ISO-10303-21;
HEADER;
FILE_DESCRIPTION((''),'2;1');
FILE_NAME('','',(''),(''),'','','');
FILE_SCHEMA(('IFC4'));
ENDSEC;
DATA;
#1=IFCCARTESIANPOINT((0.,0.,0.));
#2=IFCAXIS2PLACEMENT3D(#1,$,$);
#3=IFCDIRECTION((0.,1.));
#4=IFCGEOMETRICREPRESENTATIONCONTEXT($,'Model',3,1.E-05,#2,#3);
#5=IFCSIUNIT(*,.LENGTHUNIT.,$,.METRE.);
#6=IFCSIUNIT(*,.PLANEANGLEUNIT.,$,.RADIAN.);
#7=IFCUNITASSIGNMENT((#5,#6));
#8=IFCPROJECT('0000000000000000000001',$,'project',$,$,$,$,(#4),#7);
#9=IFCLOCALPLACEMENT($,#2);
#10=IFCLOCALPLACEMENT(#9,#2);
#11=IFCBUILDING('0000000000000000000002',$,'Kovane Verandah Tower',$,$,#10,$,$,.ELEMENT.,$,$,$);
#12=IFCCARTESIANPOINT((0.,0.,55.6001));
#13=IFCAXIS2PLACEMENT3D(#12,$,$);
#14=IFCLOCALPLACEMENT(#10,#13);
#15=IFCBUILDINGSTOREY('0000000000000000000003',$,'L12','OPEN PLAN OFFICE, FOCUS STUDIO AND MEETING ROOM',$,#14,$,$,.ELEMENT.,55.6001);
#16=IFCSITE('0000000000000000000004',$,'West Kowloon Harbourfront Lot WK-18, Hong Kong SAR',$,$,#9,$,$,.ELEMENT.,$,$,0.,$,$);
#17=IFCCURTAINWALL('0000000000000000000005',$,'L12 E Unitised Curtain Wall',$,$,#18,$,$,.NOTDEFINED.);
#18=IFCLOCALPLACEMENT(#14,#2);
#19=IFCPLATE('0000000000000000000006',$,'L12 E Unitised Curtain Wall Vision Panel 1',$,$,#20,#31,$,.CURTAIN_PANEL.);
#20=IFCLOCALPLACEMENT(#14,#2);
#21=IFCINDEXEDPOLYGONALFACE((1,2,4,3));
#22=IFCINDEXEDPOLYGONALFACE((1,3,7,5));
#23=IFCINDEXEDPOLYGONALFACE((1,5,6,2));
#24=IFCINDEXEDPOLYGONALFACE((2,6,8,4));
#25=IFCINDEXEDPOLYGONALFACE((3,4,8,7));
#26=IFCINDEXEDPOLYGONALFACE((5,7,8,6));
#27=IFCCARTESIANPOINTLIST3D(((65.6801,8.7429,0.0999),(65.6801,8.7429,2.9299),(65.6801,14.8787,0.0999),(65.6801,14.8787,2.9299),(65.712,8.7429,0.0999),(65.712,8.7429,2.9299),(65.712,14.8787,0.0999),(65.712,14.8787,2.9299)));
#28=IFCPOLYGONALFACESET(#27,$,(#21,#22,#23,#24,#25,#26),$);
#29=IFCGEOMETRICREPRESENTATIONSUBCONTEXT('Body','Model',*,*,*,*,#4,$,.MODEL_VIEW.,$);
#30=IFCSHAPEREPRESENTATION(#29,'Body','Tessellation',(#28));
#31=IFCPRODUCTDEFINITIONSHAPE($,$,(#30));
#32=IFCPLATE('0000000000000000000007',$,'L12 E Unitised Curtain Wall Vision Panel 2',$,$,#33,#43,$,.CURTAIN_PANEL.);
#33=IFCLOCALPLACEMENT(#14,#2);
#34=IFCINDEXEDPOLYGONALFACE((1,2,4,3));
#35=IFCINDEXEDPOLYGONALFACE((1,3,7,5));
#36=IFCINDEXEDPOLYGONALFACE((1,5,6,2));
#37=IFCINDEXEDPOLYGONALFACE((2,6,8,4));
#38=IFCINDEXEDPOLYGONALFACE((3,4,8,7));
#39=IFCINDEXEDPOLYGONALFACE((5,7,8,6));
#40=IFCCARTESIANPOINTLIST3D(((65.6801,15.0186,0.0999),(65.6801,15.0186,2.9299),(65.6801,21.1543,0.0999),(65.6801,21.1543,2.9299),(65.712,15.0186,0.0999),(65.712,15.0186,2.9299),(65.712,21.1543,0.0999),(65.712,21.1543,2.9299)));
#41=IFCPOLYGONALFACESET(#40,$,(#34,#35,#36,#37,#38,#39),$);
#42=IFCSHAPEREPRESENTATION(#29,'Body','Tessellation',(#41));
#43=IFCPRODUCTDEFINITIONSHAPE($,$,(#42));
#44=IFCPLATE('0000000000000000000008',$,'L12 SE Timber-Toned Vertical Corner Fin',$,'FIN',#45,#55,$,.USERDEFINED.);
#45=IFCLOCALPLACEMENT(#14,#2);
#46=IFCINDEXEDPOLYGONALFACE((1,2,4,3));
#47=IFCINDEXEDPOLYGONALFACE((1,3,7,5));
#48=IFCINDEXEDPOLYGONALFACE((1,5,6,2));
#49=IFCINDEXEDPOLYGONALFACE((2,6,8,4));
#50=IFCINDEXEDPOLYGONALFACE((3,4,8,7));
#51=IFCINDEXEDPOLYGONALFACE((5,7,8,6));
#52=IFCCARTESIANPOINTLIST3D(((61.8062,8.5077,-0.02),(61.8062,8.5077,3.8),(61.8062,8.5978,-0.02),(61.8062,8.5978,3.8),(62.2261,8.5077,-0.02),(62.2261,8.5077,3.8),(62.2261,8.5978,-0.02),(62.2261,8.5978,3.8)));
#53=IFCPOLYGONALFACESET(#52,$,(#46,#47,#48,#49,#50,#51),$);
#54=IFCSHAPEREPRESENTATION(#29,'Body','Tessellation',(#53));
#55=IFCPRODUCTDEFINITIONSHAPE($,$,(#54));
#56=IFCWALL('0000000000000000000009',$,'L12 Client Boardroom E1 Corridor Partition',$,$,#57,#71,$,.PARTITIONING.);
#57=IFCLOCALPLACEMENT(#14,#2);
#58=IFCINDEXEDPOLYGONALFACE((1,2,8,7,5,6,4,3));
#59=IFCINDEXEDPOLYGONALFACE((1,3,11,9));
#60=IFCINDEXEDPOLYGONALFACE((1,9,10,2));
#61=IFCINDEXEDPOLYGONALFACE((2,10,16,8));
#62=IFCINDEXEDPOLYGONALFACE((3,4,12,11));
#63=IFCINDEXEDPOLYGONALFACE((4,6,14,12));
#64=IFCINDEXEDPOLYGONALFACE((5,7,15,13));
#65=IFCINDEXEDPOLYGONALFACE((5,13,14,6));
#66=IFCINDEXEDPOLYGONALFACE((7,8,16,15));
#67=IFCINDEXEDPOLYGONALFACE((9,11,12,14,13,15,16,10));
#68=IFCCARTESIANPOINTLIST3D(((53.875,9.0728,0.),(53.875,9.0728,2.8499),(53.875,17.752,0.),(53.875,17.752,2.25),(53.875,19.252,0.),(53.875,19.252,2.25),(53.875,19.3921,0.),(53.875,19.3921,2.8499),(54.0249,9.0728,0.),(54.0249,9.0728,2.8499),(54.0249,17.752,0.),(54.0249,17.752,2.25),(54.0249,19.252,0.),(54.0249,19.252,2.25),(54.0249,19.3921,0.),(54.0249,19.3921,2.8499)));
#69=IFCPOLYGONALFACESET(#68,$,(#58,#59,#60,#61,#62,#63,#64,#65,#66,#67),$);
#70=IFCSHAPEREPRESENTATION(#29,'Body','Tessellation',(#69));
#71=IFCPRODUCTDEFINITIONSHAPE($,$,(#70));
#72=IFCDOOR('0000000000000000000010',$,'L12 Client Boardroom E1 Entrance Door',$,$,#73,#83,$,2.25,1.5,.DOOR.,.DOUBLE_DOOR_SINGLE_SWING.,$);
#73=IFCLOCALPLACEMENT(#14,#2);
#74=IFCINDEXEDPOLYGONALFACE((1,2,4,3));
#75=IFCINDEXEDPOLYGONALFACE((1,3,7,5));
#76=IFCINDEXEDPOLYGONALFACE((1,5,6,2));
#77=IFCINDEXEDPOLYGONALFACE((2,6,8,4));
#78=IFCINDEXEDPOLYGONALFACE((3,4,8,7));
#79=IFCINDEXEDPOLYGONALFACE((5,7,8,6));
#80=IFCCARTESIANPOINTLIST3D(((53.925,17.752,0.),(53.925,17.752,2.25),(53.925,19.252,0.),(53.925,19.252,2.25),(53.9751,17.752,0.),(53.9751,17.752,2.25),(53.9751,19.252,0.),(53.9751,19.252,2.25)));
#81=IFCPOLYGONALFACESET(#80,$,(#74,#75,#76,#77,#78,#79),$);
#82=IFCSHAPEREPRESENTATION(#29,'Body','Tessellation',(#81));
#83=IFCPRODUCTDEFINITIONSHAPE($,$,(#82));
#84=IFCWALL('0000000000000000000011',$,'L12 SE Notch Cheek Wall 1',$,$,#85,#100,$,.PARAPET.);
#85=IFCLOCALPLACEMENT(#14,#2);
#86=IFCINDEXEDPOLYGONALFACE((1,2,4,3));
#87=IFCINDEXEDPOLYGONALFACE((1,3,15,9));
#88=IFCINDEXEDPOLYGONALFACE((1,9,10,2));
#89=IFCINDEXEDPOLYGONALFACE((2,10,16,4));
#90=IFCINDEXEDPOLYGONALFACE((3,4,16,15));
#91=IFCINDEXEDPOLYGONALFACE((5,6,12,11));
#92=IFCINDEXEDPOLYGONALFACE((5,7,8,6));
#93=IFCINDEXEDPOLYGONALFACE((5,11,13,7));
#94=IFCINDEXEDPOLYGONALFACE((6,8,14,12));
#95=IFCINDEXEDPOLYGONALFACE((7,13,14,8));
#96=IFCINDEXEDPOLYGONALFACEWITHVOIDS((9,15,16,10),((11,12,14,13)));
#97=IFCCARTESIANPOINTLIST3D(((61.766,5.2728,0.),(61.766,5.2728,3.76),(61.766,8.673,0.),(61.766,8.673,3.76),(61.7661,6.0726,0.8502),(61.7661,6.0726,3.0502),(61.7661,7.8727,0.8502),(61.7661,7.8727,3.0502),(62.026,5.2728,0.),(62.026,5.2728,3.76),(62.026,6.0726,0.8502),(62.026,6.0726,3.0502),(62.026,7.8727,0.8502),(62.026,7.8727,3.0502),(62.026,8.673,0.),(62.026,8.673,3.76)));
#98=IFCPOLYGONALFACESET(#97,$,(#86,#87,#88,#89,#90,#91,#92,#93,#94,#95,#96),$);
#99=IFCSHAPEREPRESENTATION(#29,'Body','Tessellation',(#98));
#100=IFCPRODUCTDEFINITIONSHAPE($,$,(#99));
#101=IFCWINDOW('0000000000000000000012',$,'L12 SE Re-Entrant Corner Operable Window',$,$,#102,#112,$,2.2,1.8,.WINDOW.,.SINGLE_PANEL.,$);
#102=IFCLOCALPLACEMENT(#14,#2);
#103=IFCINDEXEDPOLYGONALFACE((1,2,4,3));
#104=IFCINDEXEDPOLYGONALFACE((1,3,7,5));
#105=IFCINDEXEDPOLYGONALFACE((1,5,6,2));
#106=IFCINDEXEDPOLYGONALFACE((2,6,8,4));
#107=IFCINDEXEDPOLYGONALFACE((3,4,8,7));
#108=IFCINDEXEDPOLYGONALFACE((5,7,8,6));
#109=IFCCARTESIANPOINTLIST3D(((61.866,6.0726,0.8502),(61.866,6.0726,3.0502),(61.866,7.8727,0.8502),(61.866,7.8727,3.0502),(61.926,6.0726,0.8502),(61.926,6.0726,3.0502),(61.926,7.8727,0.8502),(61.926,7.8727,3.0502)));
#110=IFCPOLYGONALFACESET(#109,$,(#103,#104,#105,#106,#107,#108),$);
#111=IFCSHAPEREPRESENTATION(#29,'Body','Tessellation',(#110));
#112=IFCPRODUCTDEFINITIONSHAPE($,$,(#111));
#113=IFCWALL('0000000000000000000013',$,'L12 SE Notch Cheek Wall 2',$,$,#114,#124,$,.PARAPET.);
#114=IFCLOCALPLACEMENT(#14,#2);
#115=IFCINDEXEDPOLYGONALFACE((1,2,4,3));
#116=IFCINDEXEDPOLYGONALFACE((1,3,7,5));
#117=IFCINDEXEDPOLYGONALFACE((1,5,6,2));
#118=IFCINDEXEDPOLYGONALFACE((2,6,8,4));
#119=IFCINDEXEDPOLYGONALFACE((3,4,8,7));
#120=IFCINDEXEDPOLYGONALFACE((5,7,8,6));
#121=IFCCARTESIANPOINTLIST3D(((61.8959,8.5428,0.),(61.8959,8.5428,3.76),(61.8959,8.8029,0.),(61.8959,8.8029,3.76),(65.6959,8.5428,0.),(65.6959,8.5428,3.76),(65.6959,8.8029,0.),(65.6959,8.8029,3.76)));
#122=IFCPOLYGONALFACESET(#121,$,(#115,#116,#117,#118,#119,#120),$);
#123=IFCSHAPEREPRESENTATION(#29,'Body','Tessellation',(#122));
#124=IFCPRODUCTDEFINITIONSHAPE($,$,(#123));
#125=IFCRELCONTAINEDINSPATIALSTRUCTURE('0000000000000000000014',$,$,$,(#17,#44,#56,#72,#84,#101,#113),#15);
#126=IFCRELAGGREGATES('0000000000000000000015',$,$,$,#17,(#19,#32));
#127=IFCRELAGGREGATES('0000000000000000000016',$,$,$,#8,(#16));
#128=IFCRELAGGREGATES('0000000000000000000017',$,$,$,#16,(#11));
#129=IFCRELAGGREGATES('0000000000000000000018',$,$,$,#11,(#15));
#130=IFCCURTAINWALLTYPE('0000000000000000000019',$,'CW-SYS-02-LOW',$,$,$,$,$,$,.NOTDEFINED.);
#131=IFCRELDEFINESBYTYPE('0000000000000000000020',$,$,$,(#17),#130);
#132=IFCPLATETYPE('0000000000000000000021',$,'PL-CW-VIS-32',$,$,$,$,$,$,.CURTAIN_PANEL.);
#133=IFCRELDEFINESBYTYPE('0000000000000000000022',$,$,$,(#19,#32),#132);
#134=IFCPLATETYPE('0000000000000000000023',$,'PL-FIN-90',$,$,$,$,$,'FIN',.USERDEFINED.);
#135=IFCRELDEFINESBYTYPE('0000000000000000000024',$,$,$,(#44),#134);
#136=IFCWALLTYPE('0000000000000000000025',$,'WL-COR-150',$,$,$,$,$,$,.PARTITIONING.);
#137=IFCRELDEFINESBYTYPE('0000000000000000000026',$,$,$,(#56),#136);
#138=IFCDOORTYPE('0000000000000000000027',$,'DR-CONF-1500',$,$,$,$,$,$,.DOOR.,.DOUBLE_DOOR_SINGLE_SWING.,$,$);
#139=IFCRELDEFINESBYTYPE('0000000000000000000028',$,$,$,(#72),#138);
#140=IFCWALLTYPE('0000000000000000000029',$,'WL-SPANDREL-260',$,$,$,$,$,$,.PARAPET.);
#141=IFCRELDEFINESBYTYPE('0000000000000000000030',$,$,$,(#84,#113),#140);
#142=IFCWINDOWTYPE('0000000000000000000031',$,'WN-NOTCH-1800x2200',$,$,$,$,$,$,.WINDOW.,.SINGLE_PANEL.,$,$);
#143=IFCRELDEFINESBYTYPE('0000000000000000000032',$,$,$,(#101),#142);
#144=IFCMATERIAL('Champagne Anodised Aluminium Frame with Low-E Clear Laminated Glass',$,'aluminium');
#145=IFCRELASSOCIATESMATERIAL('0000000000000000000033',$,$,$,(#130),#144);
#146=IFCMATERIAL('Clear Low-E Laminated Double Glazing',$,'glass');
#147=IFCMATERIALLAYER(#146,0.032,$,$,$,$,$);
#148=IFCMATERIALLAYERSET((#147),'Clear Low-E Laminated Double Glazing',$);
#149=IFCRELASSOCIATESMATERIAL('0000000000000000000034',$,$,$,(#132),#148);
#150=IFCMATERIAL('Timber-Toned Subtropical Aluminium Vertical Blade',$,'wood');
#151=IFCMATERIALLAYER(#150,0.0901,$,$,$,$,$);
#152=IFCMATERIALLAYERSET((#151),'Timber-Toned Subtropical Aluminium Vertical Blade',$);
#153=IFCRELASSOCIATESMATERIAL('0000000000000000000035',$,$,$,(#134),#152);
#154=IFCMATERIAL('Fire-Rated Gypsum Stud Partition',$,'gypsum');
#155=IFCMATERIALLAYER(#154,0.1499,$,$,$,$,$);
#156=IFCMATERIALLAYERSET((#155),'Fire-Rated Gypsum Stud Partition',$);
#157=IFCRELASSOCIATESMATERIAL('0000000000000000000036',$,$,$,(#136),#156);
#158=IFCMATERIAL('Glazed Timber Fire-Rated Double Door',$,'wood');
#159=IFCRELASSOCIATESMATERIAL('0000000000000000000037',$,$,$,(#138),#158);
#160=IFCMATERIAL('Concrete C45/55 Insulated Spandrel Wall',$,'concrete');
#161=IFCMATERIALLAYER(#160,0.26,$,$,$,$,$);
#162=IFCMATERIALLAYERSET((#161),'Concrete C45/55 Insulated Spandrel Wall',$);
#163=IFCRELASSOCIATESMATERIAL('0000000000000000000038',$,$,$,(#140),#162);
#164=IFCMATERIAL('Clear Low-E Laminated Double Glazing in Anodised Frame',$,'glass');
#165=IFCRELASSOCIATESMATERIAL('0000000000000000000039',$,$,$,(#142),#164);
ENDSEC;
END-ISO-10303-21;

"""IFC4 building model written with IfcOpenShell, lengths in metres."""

from ifc_helpers import new_model, si_unit, direction, frame, frame_2d, origin, origin_2d, place, context, subcontext, project, spatial, rectangle, extrude, material, layer, layer_set, type_object, element, fill, aggregate, save


model = new_model("IFC4")

# Units and contexts
model_context = context("Model", 3, precision=1e-05, world=origin(), true_north=direction((0.0, 1.0)))
body_context = subcontext(model_context, "Body", "Model", "MODEL_VIEW")
ifc_project = project(units=[si_unit("LENGTHUNIT", "METRE"), si_unit("PLANEANGLEUNIT", "RADIAN")], contexts=[model_context])

# Site, building, storey
site_placement = place(None, origin())
site = spatial("IfcSite", under=ifc_project, at=site_placement, Name="West Kowloon Harbourfront Lot WK-18, Hong Kong SAR", CompositionType="ELEMENT", RefElevation=0.0)
building_placement = place(site_placement, origin())
building = spatial("IfcBuilding", under=site, at=building_placement, Name="Kovane Verandah Tower", CompositionType="ELEMENT")
storey_placement = place(building_placement, frame((0.0, 0.0, 55.6001)))
storey = spatial("IfcBuildingStorey", under=building, at=storey_placement, Name="L12", Description="OPEN PLAN OFFICE, FOCUS STUDIO AND MEETING ROOM", CompositionType="ELEMENT", Elevation=55.6001)

# Curtain wall
ifc_material_1 = material(Name="Champagne Anodised Aluminium Frame with Low-E Clear Laminated Glass", Category="aluminium")
curtain_wall_type = type_object("IfcCurtainWallType", Name="CW-SYS-02-LOW", PredefinedType="NOTDEFINED", material=ifc_material_1)
curtain_wall_placement = place(storey_placement, origin())
curtain_wall = element("IfcCurtainWall", 1, at=curtain_wall_placement, inside=storey, type_object=curtain_wall_type, Name="L12 E Unitised Curtain Wall", PredefinedType="NOTDEFINED")

# Plates
ifc_material_2 = material(Name="Clear Low-E Laminated Double Glazing", Category="glass")
ifc_layer_1 = layer(ifc_material_2, 0.032)
ifc_layer_set_1 = layer_set([ifc_layer_1], Name="Clear Low-E Laminated Double Glazing")
plate_type_1 = type_object("IfcPlateType", Name="PL-CW-VIS-32", PredefinedType="CURTAIN_PANEL", material=ifc_layer_set_1)
plate_1_placement = place(storey_placement, frame((65.696, 11.8108, 0.0999), z_axis=(0.0, 0.0, 1.0), x_axis=(0.0, 1.0, 0.0)))
plate_1 = element("IfcPlate", 2, at=plate_1_placement, type_object=plate_type_1, Name="L12 E Unitised Curtain Wall Vision Panel 1", PredefinedType="CURTAIN_PANEL", context=body_context, shape_type="SweptSolid", body=[
    extrude(rectangle(XDim=6.1357, YDim=0.032, at=origin_2d()), origin(), (0.0, 0.0, 1.0), 2.8301),
])
plate_2_placement = place(storey_placement, frame((65.696, 18.0864, 0.0999), z_axis=(0.0, 0.0, 1.0), x_axis=(0.0, 1.0, 0.0)))
plate_2 = element("IfcPlate", 3, at=plate_2_placement, type_object=plate_type_1, Name="L12 E Unitised Curtain Wall Vision Panel 2", PredefinedType="CURTAIN_PANEL", context=body_context, shape_type="SweptSolid", body=[
    extrude(rectangle(XDim=6.1357, YDim=0.032, at=origin_2d()), origin(), (0.0, 0.0, 1.0), 2.8301),
])
aggregate(curtain_wall, [plate_1, plate_2])
ifc_material_3 = material(Name="Timber-Toned Subtropical Aluminium Vertical Blade", Category="wood")
ifc_layer_2 = layer(ifc_material_3, 0.0901)
ifc_layer_set_2 = layer_set([ifc_layer_2], Name="Timber-Toned Subtropical Aluminium Vertical Blade")
plate_type_2 = type_object("IfcPlateType", Name="PL-FIN-90", ElementType="FIN", PredefinedType="USERDEFINED", material=ifc_layer_set_2)
plate_3_placement = place(storey_placement, frame((62.0161, 8.5527, -0.02), z_axis=(0.0, 0.0, 1.0), x_axis=(1.0, 0.0, 0.0)))
element("IfcPlate", 4, at=plate_3_placement, inside=storey, type_object=plate_type_2, Name="L12 SE Timber-Toned Vertical Corner Fin", ObjectType="FIN", PredefinedType="USERDEFINED", context=body_context, shape_type="SweptSolid", body=[
    extrude(rectangle(XDim=0.4199, YDim=0.0901, at=origin_2d()), origin(), (0.0, 0.0, 1.0), 3.8201),
])

# Wall, opening, door
ifc_material_4 = material(Name="Fire-Rated Gypsum Stud Partition", Category="gypsum")
ifc_layer_3 = layer(ifc_material_4, 0.1499)
ifc_layer_set_3 = layer_set([ifc_layer_3], Name="Fire-Rated Gypsum Stud Partition")
wall_type_1 = type_object("IfcWallType", Name="WL-COR-150", PredefinedType="PARTITIONING", material=ifc_layer_set_3)
wall_1_placement = place(storey_placement, frame((53.95, 9.0728, 0.0), z_axis=(0.0, 0.0, 1.0), x_axis=(0.0, 1.0, 0.0)))
wall_1 = element("IfcWall", 5, at=wall_1_placement, inside=storey, type_object=wall_type_1, Name="L12 Client Boardroom E1 Corridor Partition", PredefinedType="PARTITIONING", context=body_context, shape_type="SweptSolid", body=[
    extrude(rectangle(XDim=10.3193, YDim=0.1499, at=frame_2d((5.1597, 0.0))), origin(), (0.0, 0.0, 1.0), 2.8499),
])
opening_1_placement = place(wall_1_placement, frame((8.6792, 0.0, 0.0)))
opening_1 = element("IfcOpeningElement", 6, at=opening_1_placement, cuts=wall_1, PredefinedType="OPENING", context=body_context, shape_type="SweptSolid", body=[
    extrude(rectangle(XDim=1.5, YDim=2.25, at=frame_2d((0.75, 1.125))), frame((0.0, 0.075, 0.0), z_axis=(0.0, -1.0, 0.0), x_axis=(1.0, 0.0, 0.0)), (0.0, 0.0, 1.0), 0.1499),
])
ifc_material_5 = material(Name="Glazed Timber Fire-Rated Double Door", Category="wood")
door_type = type_object("IfcDoorType", Name="DR-CONF-1500", OperationType="DOUBLE_DOOR_SINGLE_SWING", PredefinedType="DOOR", material=ifc_material_5)
door_placement = place(opening_1_placement, origin())
door = element("IfcDoor", 7, at=door_placement, inside=storey, type_object=door_type, Name="L12 Client Boardroom E1 Entrance Door", OperationType="DOUBLE_DOOR_SINGLE_SWING", OverallHeight=2.25, OverallWidth=1.5, PredefinedType="DOOR", context=body_context, shape_type="SweptSolid", body=[
    extrude(rectangle(XDim=1.5, YDim=2.25, at=frame_2d((0.75, 1.125))), frame((0.0, 0.0249, 0.0), z_axis=(0.0, -1.0, 0.0), x_axis=(1.0, 0.0, 0.0)), (0.0, 0.0, 1.0), 0.05),
])
fill(opening_1, door)

# Wall, opening, window
ifc_material_6 = material(Name="Concrete C45/55 Insulated Spandrel Wall", Category="concrete")
ifc_layer_4 = layer(ifc_material_6, 0.26)
ifc_layer_set_4 = layer_set([ifc_layer_4], Name="Concrete C45/55 Insulated Spandrel Wall")
wall_type_2 = type_object("IfcWallType", Name="WL-SPANDREL-260", PredefinedType="PARAPET", material=ifc_layer_set_4)
wall_2_placement = place(storey_placement, frame((61.896, 5.2727, 0.0), z_axis=(0.0, 0.0, 1.0), x_axis=(0.0, 1.0, 0.0)))
wall_2 = element("IfcWall", 8, at=wall_2_placement, inside=storey, type_object=wall_type_2, Name="L12 SE Notch Cheek Wall 1", PredefinedType="PARAPET", context=body_context, shape_type="SweptSolid", body=[
    extrude(rectangle(XDim=3.4001, YDim=0.26, at=frame_2d((1.7002, 0.0))), origin(), (0.0, 0.0, 1.0), 3.76),
])
opening_2_placement = place(wall_2_placement, frame((0.8, 0.0, 0.8501)))
opening_2 = element("IfcOpeningElement", 9, at=opening_2_placement, cuts=wall_2, PredefinedType="OPENING", context=body_context, shape_type="SweptSolid", body=[
    extrude(rectangle(XDim=1.8, YDim=2.2, at=frame_2d((0.8999, 1.1001))), frame((0.0, 0.1299, 0.0), z_axis=(0.0, -1.0, 0.0), x_axis=(1.0, 0.0, 0.0)), (0.0, 0.0, 1.0), 0.26),
])
ifc_material_7 = material(Name="Clear Low-E Laminated Double Glazing in Anodised Frame", Category="glass")
window_type = type_object("IfcWindowType", Name="WN-NOTCH-1800x2200", PartitioningType="SINGLE_PANEL", PredefinedType="WINDOW", material=ifc_material_7)
window_placement = place(opening_2_placement, origin())
window = element("IfcWindow", 10, at=window_placement, inside=storey, type_object=window_type, Name="L12 SE Re-Entrant Corner Operable Window", OverallHeight=2.2, OverallWidth=1.8, PartitioningType="SINGLE_PANEL", PredefinedType="WINDOW", context=body_context, shape_type="SweptSolid", body=[
    extrude(rectangle(XDim=1.8, YDim=2.2, at=frame_2d((0.8999, 1.1001))), frame((0.0, 0.03, 0.0), z_axis=(0.0, -1.0, 0.0), x_axis=(1.0, 0.0, 0.0)), (0.0, 0.0, 1.0), 0.0601),
])
fill(opening_2, window)

# Wall
wall_3_placement = place(storey_placement, frame((61.896, 8.6729, 0.0), z_axis=(0.0, 0.0, 1.0), x_axis=(1.0, 0.0, 0.0)))
element("IfcWall", 11, at=wall_3_placement, inside=storey, type_object=wall_type_2, Name="L12 SE Notch Cheek Wall 2", PredefinedType="PARAPET", context=body_context, shape_type="SweptSolid", body=[
    extrude(rectangle(XDim=3.8, YDim=0.26, at=frame_2d((1.8999, 0.0))), origin(), (0.0, 0.0, 1.0), 3.76),
])

save(model, "model.ifc")
